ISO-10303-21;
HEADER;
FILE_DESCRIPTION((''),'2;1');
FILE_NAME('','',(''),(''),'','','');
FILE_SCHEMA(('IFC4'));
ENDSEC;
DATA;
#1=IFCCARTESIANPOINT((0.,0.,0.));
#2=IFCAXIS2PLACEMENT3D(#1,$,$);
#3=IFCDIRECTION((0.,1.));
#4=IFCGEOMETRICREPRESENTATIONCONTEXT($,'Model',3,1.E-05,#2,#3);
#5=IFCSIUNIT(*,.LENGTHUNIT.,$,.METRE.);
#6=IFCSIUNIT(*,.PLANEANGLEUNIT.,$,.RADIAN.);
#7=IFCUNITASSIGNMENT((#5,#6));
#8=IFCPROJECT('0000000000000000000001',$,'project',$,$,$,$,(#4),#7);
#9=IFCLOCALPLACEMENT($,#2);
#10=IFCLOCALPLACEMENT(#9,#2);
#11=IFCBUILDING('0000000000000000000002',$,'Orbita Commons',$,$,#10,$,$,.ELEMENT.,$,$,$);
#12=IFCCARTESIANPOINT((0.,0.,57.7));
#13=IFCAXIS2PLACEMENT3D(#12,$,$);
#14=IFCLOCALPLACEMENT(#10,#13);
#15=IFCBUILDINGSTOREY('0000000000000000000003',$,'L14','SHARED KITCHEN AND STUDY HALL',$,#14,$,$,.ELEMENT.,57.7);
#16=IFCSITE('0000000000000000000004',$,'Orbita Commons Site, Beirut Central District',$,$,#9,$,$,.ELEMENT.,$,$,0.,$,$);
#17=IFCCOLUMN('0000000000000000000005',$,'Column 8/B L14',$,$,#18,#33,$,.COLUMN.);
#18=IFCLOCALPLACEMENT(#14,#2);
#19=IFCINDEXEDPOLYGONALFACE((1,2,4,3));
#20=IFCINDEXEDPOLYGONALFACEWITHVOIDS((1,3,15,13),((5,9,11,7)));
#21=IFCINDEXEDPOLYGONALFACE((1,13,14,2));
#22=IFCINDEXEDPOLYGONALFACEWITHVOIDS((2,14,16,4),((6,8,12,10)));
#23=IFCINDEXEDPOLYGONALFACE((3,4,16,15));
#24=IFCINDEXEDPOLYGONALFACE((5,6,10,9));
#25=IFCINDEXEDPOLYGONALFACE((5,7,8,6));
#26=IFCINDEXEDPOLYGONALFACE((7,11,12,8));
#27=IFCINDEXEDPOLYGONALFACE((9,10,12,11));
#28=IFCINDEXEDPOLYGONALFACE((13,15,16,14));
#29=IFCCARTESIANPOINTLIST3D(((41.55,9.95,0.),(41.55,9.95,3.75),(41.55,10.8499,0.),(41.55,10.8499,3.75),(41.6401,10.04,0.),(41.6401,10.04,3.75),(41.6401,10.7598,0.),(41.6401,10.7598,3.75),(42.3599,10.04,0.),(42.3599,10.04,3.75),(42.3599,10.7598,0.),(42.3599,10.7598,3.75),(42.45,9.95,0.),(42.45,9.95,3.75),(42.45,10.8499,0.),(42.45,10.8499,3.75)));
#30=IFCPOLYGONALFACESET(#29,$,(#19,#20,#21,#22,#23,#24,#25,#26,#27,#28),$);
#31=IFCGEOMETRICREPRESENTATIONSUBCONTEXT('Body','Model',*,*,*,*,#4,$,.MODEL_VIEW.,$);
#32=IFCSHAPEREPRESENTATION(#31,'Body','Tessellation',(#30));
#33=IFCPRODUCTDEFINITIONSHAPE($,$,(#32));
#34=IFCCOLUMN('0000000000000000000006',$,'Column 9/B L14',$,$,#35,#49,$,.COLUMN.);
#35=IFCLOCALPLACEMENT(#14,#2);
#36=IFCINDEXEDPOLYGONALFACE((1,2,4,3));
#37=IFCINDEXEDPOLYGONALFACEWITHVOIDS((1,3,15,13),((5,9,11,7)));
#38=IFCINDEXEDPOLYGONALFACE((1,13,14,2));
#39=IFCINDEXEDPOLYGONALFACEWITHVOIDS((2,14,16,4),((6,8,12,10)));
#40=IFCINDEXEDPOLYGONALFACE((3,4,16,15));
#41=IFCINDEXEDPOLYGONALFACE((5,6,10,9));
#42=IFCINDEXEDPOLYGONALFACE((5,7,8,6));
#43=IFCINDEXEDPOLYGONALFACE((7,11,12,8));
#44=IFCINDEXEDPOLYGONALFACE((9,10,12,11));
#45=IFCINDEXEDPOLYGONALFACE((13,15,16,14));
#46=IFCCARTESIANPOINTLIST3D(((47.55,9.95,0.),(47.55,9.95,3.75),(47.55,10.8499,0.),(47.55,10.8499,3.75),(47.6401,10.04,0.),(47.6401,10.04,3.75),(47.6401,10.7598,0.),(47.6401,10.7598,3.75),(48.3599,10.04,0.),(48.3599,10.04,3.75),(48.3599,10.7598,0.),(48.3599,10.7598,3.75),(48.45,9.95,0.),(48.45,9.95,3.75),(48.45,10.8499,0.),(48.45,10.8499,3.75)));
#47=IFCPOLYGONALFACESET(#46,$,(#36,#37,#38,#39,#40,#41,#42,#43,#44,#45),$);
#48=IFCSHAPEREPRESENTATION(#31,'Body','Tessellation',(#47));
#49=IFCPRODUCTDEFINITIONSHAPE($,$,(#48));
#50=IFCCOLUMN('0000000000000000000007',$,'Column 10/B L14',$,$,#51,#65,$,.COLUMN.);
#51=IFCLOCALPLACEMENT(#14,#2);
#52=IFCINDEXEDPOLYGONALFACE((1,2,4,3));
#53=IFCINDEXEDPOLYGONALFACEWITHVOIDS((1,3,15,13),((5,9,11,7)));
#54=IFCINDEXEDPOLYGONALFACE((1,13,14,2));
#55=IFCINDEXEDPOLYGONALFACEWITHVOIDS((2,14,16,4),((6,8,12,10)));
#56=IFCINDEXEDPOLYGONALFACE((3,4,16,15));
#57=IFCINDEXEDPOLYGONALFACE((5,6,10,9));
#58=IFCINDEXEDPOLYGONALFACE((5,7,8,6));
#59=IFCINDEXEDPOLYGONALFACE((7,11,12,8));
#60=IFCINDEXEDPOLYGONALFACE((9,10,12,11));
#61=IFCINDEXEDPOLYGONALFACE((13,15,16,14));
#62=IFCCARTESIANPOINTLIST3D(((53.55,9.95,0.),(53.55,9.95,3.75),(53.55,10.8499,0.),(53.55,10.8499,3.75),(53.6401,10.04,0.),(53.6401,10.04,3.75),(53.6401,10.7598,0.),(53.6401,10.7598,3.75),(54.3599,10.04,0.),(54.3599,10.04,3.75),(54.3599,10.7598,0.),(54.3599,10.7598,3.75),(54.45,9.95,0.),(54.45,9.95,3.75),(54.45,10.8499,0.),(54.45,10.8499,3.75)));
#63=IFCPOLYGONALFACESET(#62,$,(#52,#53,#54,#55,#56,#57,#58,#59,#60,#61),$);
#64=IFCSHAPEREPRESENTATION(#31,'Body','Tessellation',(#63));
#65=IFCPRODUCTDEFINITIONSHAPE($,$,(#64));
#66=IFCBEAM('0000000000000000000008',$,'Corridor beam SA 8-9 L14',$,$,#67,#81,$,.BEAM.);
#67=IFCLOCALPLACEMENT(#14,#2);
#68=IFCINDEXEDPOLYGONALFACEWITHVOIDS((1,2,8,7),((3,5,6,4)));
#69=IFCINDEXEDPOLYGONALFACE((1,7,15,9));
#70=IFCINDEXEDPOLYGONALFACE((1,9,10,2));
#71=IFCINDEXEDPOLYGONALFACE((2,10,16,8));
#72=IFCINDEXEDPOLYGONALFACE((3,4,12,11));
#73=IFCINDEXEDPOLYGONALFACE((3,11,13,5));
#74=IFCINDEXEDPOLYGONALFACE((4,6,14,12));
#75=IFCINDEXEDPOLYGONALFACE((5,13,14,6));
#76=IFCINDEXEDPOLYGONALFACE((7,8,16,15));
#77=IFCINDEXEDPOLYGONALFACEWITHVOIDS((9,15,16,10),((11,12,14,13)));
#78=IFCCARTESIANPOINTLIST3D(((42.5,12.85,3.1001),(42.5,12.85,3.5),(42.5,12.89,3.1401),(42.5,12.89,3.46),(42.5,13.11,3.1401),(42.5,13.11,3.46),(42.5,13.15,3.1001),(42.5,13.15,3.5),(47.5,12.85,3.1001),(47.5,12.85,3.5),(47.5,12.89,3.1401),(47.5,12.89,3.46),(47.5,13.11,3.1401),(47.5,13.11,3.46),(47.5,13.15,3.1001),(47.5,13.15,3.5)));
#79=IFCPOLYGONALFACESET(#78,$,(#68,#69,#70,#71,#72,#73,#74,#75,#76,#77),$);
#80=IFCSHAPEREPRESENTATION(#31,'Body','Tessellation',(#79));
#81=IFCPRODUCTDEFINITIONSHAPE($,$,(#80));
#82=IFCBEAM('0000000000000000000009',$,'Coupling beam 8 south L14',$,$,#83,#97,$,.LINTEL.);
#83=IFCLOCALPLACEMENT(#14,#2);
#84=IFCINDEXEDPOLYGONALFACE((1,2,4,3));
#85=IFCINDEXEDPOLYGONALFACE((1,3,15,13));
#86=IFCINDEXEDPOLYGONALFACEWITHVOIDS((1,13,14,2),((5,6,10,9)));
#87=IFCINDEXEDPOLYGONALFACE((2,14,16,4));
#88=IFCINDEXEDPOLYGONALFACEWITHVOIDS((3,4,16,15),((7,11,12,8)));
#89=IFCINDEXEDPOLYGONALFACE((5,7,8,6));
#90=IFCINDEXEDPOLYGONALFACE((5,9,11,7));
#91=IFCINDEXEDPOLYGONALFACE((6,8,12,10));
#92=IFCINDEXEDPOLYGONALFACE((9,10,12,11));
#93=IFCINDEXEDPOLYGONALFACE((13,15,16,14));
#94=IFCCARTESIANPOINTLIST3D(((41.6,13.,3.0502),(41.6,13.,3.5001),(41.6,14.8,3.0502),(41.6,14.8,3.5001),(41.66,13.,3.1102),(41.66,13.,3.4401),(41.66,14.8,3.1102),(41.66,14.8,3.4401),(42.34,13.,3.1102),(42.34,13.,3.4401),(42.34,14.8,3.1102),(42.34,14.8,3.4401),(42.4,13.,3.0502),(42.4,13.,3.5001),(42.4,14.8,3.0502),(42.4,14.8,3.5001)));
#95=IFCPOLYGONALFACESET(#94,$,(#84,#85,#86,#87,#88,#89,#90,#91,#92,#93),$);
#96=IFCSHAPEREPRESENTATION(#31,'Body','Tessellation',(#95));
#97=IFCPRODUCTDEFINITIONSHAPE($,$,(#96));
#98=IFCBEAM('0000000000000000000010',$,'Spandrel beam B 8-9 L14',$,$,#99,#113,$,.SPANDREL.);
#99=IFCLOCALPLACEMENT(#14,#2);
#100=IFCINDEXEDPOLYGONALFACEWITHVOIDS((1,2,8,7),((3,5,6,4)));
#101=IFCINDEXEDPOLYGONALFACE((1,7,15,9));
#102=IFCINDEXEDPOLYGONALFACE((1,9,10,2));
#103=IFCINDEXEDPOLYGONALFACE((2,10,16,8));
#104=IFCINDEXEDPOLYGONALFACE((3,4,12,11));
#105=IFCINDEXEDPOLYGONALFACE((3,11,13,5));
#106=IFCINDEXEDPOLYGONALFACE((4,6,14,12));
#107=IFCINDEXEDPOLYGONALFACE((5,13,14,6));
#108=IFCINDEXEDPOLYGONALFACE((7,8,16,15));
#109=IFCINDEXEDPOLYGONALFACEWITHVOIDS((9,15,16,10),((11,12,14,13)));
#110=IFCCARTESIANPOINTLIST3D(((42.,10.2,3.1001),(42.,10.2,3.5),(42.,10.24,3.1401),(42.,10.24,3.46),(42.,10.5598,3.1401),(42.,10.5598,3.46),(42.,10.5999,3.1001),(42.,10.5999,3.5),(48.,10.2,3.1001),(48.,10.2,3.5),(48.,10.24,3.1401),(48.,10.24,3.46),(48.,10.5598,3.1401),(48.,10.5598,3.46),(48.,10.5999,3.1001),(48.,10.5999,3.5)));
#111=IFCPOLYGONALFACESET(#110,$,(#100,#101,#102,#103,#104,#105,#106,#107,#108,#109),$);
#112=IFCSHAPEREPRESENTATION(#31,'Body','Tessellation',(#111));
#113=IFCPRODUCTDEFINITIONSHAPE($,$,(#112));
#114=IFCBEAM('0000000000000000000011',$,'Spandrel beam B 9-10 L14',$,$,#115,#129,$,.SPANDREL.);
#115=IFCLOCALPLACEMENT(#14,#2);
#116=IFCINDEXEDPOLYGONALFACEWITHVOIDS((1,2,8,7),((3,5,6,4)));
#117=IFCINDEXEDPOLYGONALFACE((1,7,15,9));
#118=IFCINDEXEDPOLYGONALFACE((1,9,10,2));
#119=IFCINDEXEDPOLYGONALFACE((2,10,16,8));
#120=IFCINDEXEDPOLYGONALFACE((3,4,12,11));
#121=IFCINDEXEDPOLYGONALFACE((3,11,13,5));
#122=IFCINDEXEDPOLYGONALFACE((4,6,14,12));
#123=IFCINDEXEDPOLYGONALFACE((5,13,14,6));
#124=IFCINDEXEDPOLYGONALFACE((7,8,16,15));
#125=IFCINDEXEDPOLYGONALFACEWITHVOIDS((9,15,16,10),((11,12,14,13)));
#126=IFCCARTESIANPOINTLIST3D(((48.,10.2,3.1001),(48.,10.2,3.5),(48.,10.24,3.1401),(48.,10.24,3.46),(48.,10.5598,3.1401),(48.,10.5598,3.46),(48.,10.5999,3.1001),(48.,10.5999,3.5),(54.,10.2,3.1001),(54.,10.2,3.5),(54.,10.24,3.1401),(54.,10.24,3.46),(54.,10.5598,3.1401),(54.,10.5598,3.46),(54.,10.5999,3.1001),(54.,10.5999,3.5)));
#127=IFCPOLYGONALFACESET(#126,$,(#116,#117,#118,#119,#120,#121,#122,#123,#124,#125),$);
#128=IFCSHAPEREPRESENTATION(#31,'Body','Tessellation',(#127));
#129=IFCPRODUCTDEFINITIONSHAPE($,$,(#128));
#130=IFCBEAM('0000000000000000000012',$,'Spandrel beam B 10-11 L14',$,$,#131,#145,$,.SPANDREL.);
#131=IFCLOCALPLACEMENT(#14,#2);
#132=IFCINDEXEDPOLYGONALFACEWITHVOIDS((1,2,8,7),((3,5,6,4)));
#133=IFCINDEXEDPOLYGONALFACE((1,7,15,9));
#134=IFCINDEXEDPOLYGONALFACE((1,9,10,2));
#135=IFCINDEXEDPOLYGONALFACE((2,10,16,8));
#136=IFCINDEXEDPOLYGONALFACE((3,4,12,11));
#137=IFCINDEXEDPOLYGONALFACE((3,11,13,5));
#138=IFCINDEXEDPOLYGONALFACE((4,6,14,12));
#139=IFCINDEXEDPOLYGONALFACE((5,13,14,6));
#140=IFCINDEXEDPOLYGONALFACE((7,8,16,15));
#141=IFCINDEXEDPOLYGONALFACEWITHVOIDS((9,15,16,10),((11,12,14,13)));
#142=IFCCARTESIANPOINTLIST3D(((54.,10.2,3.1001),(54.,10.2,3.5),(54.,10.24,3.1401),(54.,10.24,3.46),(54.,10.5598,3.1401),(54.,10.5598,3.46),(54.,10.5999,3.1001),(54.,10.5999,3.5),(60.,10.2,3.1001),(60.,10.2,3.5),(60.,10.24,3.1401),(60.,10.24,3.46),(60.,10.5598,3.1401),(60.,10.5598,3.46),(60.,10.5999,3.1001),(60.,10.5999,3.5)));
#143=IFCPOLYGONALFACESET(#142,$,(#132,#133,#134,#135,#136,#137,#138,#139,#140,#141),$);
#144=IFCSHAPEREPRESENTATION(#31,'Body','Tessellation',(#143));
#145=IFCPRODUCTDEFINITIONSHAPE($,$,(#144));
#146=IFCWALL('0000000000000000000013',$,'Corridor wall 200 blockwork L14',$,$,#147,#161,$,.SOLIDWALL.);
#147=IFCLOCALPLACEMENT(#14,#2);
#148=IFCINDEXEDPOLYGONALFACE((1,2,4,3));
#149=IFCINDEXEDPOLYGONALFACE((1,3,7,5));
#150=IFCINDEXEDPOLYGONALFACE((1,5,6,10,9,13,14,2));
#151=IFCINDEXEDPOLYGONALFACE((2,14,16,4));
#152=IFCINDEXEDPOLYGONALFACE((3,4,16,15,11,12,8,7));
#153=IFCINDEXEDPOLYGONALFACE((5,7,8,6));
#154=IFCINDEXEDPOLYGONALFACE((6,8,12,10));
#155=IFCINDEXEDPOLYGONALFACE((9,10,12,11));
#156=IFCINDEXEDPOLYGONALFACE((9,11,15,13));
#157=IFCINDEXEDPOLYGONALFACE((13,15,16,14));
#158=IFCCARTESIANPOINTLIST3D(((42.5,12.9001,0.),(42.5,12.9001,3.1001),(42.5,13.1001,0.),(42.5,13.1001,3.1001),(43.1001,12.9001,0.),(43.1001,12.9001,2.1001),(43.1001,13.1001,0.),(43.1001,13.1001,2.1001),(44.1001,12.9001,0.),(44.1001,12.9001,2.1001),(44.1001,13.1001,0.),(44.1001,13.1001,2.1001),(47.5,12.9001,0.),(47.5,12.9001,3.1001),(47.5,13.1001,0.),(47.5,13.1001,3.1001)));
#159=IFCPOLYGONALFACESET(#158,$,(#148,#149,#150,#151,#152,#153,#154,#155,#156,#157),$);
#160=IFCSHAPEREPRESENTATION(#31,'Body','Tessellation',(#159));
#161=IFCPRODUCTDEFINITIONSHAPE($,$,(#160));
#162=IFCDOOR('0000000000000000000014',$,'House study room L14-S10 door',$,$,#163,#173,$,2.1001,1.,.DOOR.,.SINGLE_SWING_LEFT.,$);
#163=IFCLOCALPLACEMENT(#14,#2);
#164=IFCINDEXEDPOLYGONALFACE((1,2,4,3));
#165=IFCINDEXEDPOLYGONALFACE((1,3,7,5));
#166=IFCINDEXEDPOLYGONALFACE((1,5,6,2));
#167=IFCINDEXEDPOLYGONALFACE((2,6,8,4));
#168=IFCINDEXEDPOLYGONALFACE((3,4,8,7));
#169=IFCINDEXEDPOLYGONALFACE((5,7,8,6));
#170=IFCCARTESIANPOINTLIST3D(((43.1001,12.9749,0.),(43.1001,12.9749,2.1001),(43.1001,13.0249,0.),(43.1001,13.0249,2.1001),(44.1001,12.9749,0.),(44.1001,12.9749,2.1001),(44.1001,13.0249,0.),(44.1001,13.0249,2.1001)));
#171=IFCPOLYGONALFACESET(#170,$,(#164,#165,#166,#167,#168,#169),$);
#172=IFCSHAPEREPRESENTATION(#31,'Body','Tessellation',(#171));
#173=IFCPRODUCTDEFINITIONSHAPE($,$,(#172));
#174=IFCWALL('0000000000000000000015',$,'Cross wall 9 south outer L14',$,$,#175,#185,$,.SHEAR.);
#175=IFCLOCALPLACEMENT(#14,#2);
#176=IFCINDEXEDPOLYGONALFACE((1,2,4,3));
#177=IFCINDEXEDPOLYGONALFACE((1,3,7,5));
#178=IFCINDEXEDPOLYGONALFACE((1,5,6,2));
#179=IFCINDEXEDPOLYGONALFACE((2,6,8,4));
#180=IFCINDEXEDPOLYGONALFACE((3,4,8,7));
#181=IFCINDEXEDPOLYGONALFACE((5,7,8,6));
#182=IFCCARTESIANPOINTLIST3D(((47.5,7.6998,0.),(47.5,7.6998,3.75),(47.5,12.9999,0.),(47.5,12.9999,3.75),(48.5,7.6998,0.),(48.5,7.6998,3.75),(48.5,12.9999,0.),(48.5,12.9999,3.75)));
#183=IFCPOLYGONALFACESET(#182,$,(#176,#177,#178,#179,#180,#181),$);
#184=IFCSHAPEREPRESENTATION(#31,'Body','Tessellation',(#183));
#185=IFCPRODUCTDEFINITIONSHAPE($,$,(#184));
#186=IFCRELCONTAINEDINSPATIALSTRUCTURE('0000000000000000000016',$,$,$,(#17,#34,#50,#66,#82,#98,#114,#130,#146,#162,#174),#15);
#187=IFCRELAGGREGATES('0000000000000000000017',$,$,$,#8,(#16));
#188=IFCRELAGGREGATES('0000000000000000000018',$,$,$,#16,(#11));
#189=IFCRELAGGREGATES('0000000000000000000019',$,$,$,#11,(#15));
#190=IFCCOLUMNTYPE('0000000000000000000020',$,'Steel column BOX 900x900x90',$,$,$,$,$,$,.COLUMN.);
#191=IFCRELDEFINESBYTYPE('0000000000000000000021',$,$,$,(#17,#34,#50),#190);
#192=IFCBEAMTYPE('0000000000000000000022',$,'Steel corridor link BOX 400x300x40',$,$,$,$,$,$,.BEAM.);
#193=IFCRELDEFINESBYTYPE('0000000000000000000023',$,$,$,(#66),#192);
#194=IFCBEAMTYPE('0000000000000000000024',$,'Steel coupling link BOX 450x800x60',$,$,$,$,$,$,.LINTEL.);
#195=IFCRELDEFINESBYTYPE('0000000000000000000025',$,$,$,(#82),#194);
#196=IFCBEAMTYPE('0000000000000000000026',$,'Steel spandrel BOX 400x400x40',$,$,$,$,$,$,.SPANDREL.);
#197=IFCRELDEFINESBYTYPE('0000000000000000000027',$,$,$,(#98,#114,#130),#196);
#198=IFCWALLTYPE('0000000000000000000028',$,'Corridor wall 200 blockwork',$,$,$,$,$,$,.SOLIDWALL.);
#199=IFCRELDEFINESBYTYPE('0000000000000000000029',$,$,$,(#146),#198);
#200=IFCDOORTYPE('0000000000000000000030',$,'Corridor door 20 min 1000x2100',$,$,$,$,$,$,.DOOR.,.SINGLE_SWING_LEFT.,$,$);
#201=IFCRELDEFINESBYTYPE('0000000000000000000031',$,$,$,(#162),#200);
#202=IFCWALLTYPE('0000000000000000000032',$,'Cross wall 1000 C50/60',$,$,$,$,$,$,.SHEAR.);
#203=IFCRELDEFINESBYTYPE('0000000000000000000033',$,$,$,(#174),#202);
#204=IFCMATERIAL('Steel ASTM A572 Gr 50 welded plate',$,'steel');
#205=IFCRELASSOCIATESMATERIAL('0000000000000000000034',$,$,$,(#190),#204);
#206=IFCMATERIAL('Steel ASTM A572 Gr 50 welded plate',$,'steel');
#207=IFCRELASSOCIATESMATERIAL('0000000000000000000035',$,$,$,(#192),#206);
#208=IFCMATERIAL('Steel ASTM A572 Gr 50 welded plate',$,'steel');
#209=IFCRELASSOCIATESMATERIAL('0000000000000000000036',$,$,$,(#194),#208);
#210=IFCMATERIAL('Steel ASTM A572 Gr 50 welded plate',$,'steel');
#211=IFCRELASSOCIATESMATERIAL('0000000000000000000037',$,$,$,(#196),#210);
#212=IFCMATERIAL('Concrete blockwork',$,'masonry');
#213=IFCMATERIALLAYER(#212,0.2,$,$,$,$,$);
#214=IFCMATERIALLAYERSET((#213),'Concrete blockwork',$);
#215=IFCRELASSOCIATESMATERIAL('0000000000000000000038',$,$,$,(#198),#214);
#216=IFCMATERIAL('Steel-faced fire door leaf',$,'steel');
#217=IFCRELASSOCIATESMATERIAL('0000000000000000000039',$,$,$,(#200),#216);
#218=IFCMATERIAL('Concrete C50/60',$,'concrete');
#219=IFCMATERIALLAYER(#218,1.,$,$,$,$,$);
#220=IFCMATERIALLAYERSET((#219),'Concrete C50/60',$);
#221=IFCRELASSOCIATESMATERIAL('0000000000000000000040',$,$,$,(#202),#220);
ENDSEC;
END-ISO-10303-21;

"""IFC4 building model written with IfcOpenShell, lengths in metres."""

from ifc_helpers import new_model, si_unit, direction, frame, frame_2d, origin, origin_2d, place, context, subcontext, project, spatial, polyline, rectangle, hollow_rectangle, outline, extrude, material, layer, layer_set, material_profile, profile_set, type_object, element, fill, save


model = new_model("IFC4")

# Units and contexts
model_context = context("Model", 3, precision=1e-05, world=origin(), true_north=direction((0.0, 1.0)))
body_context = subcontext(model_context, "Body", "Model", "MODEL_VIEW")
ifc_project = project(units=[si_unit("LENGTHUNIT", "METRE"), si_unit("PLANEANGLEUNIT", "RADIAN")], contexts=[model_context])

# Site, building, storey
site_placement = place(None, origin())
site = spatial("IfcSite", under=ifc_project, at=site_placement, Name="Orbita Commons Site, Beirut Central District", CompositionType="ELEMENT", RefElevation=0.0)
building_placement = place(site_placement, origin())
building = spatial("IfcBuilding", under=site, at=building_placement, Name="Orbita Commons", CompositionType="ELEMENT")
storey_placement = place(building_placement, frame((0.0, 0.0, 57.7)))
storey = spatial("IfcBuildingStorey", under=building, at=storey_placement, Name="L14", Description="SHARED KITCHEN AND STUDY HALL", CompositionType="ELEMENT", Elevation=57.7)

# Columns
ifc_material_1 = material(Name="Steel ASTM A572 Gr 50 welded plate", Category="steel")
ifc_material_profile_1 = material_profile(ifc_material_1, hollow_rectangle(XDim=0.8999, YDim=0.8999, WallThickness=0.0901, at=origin_2d()), Name="BOX 900x900x90")
ifc_profile_set_1 = profile_set([ifc_material_profile_1], Name="Steel ASTM A572 Gr 50 welded plate")
column_type = type_object("IfcColumnType", Name="Steel column BOX 900x900x90", PredefinedType="COLUMN", material=ifc_profile_set_1)
for number, where, z_axis, x_axis, name in (
    (1, (42.0, 10.3999, 0.0), (0.0, 0.0, 1.0), (1.0, 0.0, 0.0), "Column 8/B L14"),
    (2, (48.0, 10.3999, 0.0), (0.0, 0.0, 1.0), (1.0, 0.0, 0.0), "Column 9/B L14"),
    (3, (54.0, 10.3999, 0.0), (0.0, 0.0, 1.0), (1.0, 0.0, 0.0), "Column 10/B L14"),
):
    element("IfcColumn", number, at=place(storey_placement, frame(where, z_axis=z_axis, x_axis=x_axis)), inside=storey, type_object=column_type, Name=name, PredefinedType="COLUMN", context=body_context, shape_type="SweptSolid", body=[
        extrude(hollow_rectangle(XDim=0.8999, YDim=0.8999, WallThickness=0.0901, at=origin_2d()), origin(), (0.0, 0.0, 1.0), 3.75),
    ])

# Beams
ifc_material_2 = material(Name="Steel ASTM A572 Gr 50 welded plate", Category="steel")
ifc_material_profile_2 = material_profile(ifc_material_2, hollow_rectangle(XDim=0.3, YDim=0.3999, WallThickness=0.04, at=origin_2d()), Name="BOX 400x300x40")
ifc_profile_set_2 = profile_set([ifc_material_profile_2], Name="Steel ASTM A572 Gr 50 welded plate")
beam_type_1 = type_object("IfcBeamType", Name="Steel corridor link BOX 400x300x40", PredefinedType="BEAM", material=ifc_profile_set_2)
beam_1_placement = place(storey_placement, frame((42.5, 13.0, 3.3), z_axis=(1.0, 0.0, 0.0), x_axis=(0.0, 1.0, 0.0)))
element("IfcBeam", 4, at=beam_1_placement, inside=storey, type_object=beam_type_1, Name="Corridor beam SA 8-9 L14", PredefinedType="BEAM", context=body_context, shape_type="SweptSolid", body=[
    extrude(hollow_rectangle(XDim=0.3, YDim=0.3999, WallThickness=0.04, at=origin_2d()), origin(), (0.0, 0.0, 1.0), 5.0),
])
ifc_material_3 = material(Name="Steel ASTM A572 Gr 50 welded plate", Category="steel")
ifc_material_profile_3 = material_profile(ifc_material_3, hollow_rectangle(XDim=0.8, YDim=0.45, WallThickness=0.0601, at=origin_2d()), Name="BOX 450x800x60")
ifc_profile_set_3 = profile_set([ifc_material_profile_3], Name="Steel ASTM A572 Gr 50 welded plate")
beam_type_2 = type_object("IfcBeamType", Name="Steel coupling link BOX 450x800x60", PredefinedType="LINTEL", material=ifc_profile_set_3)
beam_2_placement = place(storey_placement, frame((42.0, 13.0, 3.2751), z_axis=(0.0, 1.0, 0.0), x_axis=(-1.0, 0.0, 0.0)))
element("IfcBeam", 5, at=beam_2_placement, inside=storey, type_object=beam_type_2, Name="Coupling beam 8 south L14", PredefinedType="LINTEL", context=body_context, shape_type="SweptSolid", body=[
    extrude(hollow_rectangle(XDim=0.8, YDim=0.45, WallThickness=0.0601, at=origin_2d()), origin(), (0.0, 0.0, 1.0), 1.8),
])
ifc_material_4 = material(Name="Steel ASTM A572 Gr 50 welded plate", Category="steel")
ifc_material_profile_4 = material_profile(ifc_material_4, hollow_rectangle(XDim=0.3999, YDim=0.3999, WallThickness=0.04, at=origin_2d()), Name="BOX 400x400x40")
ifc_profile_set_4 = profile_set([ifc_material_profile_4], Name="Steel ASTM A572 Gr 50 welded plate")
beam_type_3 = type_object("IfcBeamType", Name="Steel spandrel BOX 400x400x40", PredefinedType="SPANDREL", material=ifc_profile_set_4)
for number, where, z_axis, x_axis, name in (
    (6, (42.0, 10.3999, 3.3), (1.0, 0.0, 0.0), (0.0, 1.0, 0.0), "Spandrel beam B 8-9 L14"),
    (7, (48.0, 10.3999, 3.3), (1.0, 0.0, 0.0), (0.0, 1.0, 0.0), "Spandrel beam B 9-10 L14"),
    (8, (54.0, 10.3999, 3.3), (1.0, 0.0, 0.0), (0.0, 1.0, 0.0), "Spandrel beam B 10-11 L14"),
):
    element("IfcBeam", number, at=place(storey_placement, frame(where, z_axis=z_axis, x_axis=x_axis)), inside=storey, type_object=beam_type_3, Name=name, PredefinedType="SPANDREL", context=body_context, shape_type="SweptSolid", body=[
        extrude(hollow_rectangle(XDim=0.3999, YDim=0.3999, WallThickness=0.04, at=origin_2d()), origin(), (0.0, 0.0, 1.0), 6.0),
    ])

# Wall, opening, door
ifc_material_5 = material(Name="Concrete blockwork", Category="masonry")
ifc_layer_1 = layer(ifc_material_5, 0.2)
ifc_layer_set_1 = layer_set([ifc_layer_1], Name="Concrete blockwork")
wall_type_1 = type_object("IfcWallType", Name="Corridor wall 200 blockwork", PredefinedType="SOLIDWALL", material=ifc_layer_set_1)
wall_1_placement = place(storey_placement, frame((42.5, 13.0, 0.0), z_axis=(0.0, 0.0, 1.0), x_axis=(1.0, 0.0, 0.0)))
wall_1 = element("IfcWall", 9, at=wall_1_placement, inside=storey, type_object=wall_type_1, Name="Corridor wall 200 blockwork L14", PredefinedType="SOLIDWALL", context=body_context, shape_type="SweptSolid", body=[
    extrude(outline(polyline([(0.0, 0.0), (5.0, 0.0), (5.0, 3.1001), (0.0, 3.1001), (0.0, 0.0)])), frame((0.0, 0.1001, 0.0), z_axis=(0.0, -1.0, 0.0), x_axis=(1.0, 0.0, 0.0)), (0.0, 0.0, 1.0), 0.2),
])
opening_1_placement = place(wall_1_placement, frame((0.6001, 0.0, 0.0)))
opening_1 = element("IfcOpeningElement", 10, at=opening_1_placement, cuts=wall_1, PredefinedType="OPENING", context=body_context, shape_type="SweptSolid", body=[
    extrude(rectangle(XDim=1.0, YDim=2.1001, at=frame_2d((0.5, 1.05))), frame((0.0, 0.1099, 0.0), z_axis=(0.0, -1.0, 0.0), x_axis=(1.0, 0.0, 0.0)), (0.0, 0.0, 1.0), 0.22),
])
ifc_material_6 = material(Name="Steel-faced fire door leaf", Category="steel")
door_type_1 = type_object("IfcDoorType", Name="Corridor door 20 min 1000x2100", OperationType="SINGLE_SWING_LEFT", PredefinedType="DOOR", material=ifc_material_6)
door_1_placement = place(opening_1_placement, origin())
door_1 = element("IfcDoor", 11, at=door_1_placement, inside=storey, type_object=door_type_1, Name="House study room L14-S10 door", OperationType="SINGLE_SWING_LEFT", OverallHeight=2.1001, OverallWidth=1.0, PredefinedType="DOOR", context=body_context, shape_type="SweptSolid", body=[
    extrude(rectangle(XDim=1.0, YDim=2.1001, at=frame_2d((0.5, 1.05))), frame((0.0, 0.0249, 0.0), z_axis=(0.0, -1.0, 0.0), x_axis=(1.0, 0.0, 0.0)), (0.0, 0.0, 1.0), 0.05),
])
fill(opening_1, door_1)

# Wall
ifc_material_7 = material(Name="Concrete C50/60", Category="concrete")
ifc_layer_2 = layer(ifc_material_7, 1.0)
ifc_layer_set_2 = layer_set([ifc_layer_2], Name="Concrete C50/60")
wall_type_2 = type_object("IfcWallType", Name="Cross wall 1000 C50/60", PredefinedType="SHEAR", material=ifc_layer_set_2)
for number, where, z_axis, x_axis, name in (
    (12, (48.0, 7.7, 0.0), (0.0, 0.0, 1.0), (0.0, 1.0, 0.0), "Cross wall 9 south outer L14"),
):
    element("IfcWall", number, at=place(storey_placement, frame(where, z_axis=z_axis, x_axis=x_axis)), inside=storey, type_object=wall_type_2, Name=name, PredefinedType="SHEAR", context=body_context, shape_type="SweptSolid", body=[
        extrude(rectangle(XDim=5.3, YDim=1.0, at=frame_2d((2.6499, 0.0))), origin(), (0.0, 0.0, 1.0), 3.75),
    ])

save(model, "model.ifc")
